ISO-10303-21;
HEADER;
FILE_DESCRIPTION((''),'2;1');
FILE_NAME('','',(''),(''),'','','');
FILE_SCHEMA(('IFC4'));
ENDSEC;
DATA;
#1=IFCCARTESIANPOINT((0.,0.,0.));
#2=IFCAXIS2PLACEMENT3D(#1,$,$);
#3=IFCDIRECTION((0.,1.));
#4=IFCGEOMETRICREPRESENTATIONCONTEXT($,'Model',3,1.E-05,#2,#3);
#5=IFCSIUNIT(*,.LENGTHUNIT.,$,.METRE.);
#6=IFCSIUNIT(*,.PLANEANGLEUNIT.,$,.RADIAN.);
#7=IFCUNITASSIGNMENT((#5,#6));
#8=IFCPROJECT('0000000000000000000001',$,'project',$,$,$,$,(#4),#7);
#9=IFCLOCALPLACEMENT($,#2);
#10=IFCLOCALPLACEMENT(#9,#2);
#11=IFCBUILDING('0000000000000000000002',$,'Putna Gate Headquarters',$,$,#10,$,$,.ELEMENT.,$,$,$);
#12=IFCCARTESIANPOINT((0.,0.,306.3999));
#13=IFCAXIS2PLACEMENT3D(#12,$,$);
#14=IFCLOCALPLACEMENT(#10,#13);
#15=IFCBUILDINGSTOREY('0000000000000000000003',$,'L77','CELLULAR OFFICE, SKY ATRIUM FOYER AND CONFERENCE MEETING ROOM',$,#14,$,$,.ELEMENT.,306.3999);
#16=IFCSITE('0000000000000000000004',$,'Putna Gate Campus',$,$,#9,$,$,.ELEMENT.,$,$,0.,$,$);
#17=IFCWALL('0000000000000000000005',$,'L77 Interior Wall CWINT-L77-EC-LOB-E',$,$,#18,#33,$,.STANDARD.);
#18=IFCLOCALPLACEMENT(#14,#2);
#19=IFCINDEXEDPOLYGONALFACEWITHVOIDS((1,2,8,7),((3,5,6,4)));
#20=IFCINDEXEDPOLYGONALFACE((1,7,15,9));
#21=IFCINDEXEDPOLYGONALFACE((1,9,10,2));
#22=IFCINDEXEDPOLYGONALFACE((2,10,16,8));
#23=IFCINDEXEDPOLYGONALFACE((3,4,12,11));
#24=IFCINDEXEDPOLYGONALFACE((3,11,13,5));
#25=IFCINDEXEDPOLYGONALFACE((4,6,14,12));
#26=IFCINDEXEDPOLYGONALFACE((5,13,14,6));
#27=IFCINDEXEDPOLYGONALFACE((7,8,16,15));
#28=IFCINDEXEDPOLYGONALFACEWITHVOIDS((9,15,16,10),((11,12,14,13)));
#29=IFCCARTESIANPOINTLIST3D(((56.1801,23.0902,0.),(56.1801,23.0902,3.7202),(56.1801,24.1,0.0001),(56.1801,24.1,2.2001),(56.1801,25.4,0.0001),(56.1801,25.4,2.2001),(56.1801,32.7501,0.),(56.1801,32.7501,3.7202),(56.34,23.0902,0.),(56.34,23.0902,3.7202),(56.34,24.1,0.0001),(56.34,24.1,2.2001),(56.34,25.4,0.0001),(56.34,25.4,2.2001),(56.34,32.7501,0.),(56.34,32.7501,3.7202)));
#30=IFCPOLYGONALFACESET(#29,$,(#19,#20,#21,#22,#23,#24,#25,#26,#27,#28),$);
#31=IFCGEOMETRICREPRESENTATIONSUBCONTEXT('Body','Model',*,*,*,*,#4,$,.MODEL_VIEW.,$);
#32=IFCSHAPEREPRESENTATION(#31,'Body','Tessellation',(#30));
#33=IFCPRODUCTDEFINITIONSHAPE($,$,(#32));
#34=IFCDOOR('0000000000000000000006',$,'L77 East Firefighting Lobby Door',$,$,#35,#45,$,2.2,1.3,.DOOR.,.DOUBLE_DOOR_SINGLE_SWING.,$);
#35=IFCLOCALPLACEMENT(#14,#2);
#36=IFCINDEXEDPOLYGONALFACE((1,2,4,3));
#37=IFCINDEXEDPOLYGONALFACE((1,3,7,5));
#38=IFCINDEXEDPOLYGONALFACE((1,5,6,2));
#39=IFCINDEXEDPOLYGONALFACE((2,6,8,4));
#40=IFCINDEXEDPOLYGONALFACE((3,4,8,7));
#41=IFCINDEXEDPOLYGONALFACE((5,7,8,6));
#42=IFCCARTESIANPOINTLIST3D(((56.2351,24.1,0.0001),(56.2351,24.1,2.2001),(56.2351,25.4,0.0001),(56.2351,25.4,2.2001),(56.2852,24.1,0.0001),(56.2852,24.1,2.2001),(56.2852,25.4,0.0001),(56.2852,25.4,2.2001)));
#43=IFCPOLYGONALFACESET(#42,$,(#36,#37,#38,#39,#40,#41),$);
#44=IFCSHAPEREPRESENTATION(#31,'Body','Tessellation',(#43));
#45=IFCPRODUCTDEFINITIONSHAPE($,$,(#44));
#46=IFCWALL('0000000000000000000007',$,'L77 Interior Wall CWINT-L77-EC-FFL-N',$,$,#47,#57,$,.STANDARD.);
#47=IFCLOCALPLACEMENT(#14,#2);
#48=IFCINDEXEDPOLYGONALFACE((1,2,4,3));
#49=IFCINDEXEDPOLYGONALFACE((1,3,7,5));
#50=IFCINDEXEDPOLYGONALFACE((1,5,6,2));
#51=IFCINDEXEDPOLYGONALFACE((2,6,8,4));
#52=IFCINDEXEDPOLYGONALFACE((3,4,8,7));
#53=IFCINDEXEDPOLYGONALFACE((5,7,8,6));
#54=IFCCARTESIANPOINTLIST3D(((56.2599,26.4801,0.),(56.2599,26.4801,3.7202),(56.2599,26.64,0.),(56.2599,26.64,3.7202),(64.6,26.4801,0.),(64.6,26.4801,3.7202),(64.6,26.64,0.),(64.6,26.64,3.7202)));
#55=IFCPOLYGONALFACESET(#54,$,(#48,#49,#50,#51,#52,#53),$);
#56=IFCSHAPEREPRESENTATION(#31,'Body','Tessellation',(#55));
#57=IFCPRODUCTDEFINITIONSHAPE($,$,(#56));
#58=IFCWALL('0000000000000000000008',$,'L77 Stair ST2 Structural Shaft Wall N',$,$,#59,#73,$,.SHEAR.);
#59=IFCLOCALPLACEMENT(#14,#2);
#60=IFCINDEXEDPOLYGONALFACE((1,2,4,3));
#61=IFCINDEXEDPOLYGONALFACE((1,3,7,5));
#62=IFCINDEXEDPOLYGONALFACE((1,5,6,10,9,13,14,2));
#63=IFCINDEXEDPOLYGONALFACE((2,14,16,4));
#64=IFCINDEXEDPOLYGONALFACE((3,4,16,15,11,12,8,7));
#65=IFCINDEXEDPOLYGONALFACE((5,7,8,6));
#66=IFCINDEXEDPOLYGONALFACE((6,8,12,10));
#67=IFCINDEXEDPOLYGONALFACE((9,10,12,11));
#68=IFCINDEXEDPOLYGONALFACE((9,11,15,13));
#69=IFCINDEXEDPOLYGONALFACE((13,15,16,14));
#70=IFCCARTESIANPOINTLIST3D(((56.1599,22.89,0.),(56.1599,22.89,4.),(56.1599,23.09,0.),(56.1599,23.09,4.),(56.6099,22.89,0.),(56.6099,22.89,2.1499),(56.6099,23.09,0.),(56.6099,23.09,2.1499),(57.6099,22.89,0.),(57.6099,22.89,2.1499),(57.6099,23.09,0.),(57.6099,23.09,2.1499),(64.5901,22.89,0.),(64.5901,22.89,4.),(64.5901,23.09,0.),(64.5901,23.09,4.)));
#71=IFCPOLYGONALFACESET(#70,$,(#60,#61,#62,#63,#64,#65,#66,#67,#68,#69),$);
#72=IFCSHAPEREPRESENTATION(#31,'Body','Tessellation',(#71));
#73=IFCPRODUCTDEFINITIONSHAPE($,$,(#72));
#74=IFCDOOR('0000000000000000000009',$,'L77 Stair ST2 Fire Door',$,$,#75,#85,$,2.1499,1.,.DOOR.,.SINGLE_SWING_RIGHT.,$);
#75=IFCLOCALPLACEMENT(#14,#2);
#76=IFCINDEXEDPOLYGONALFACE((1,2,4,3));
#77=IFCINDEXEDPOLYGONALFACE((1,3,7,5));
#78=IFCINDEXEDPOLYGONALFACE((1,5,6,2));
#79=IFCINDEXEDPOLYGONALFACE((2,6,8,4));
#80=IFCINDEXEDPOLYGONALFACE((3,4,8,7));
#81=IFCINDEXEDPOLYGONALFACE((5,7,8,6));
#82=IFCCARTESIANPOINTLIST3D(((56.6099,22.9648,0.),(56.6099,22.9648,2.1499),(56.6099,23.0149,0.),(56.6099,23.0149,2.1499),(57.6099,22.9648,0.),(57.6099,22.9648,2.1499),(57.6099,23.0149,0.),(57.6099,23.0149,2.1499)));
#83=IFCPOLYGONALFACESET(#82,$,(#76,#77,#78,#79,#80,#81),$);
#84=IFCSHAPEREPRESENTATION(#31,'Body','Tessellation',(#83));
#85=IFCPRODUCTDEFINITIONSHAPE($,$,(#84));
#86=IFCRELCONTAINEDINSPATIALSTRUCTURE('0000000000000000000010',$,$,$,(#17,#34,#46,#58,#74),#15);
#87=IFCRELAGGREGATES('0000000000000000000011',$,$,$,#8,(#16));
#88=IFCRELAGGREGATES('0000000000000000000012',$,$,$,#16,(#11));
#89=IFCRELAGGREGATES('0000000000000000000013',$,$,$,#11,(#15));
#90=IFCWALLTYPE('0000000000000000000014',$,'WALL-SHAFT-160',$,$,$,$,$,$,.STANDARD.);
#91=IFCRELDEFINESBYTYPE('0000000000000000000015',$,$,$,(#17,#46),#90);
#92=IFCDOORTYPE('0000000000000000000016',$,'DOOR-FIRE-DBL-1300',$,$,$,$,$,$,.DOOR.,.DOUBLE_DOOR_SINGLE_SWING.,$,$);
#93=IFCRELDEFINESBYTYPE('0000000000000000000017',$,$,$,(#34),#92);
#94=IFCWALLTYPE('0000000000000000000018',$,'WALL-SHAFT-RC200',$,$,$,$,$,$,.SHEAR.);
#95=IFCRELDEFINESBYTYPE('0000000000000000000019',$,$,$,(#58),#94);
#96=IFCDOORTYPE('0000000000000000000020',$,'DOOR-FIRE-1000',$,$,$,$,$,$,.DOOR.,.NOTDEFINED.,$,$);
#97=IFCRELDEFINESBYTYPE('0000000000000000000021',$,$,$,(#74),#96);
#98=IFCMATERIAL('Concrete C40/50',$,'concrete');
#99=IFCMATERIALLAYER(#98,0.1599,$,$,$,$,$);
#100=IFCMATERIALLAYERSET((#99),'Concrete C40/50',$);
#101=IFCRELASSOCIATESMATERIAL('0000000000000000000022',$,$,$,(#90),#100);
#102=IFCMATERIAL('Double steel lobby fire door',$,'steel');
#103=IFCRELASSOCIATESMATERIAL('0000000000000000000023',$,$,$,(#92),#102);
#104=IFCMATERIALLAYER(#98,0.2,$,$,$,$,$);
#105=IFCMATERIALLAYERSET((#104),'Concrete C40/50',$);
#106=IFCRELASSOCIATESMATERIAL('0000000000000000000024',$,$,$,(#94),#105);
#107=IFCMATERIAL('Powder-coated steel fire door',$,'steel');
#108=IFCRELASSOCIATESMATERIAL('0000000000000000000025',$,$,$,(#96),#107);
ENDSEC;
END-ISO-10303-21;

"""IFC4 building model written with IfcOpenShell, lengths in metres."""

from ifc_helpers import new_model, si_unit, direction, frame, frame_2d, origin, place, context, subcontext, project, spatial, rectangle, extrude, material, layer, layer_set, type_object, element, fill, save


model = new_model("IFC4")

# Units and contexts
model_context = context("Model", 3, precision=1e-05, world=origin(), true_north=direction((0.0, 1.0)))
body_context = subcontext(model_context, "Body", "Model", "MODEL_VIEW")
ifc_project = project(units=[si_unit("LENGTHUNIT", "METRE"), si_unit("PLANEANGLEUNIT", "RADIAN")], contexts=[model_context])

# Site, building, storey
site_placement = place(None, origin())
site = spatial("IfcSite", under=ifc_project, at=site_placement, Name="Putna Gate Campus", CompositionType="ELEMENT", RefElevation=0.0)
building_placement = place(site_placement, origin())
building = spatial("IfcBuilding", under=site, at=building_placement, Name="Putna Gate Headquarters", CompositionType="ELEMENT")
storey_placement = place(building_placement, frame((0.0, 0.0, 306.3999)))
storey = spatial("IfcBuildingStorey", under=building, at=storey_placement, Name="L77", Description="CELLULAR OFFICE, SKY ATRIUM FOYER AND CONFERENCE MEETING ROOM", CompositionType="ELEMENT", Elevation=306.3999)

# Wall, opening, door
ifc_material_1 = material(Name="Concrete C40/50", Category="concrete")
ifc_layer_1 = layer(ifc_material_1, 0.1599)
ifc_layer_set_1 = layer_set([ifc_layer_1], Name="Concrete C40/50")
wall_type_1 = type_object("IfcWallType", Name="WALL-SHAFT-160", PredefinedType="STANDARD", material=ifc_layer_set_1)
wall_1_placement = place(storey_placement, frame((56.26, 23.0901, 0.0), z_axis=(0.0, 0.0, 1.0), x_axis=(0.0, 1.0, 0.0)))
wall_1 = element("IfcWall", 1, at=wall_1_placement, inside=storey, type_object=wall_type_1, Name="L77 Interior Wall CWINT-L77-EC-LOB-E", PredefinedType="STANDARD", context=body_context, shape_type="SweptSolid", body=[
    extrude(rectangle(XDim=9.6599, YDim=0.1599, at=frame_2d((4.8301, 0.0))), origin(), (0.0, 0.0, 1.0), 3.7202),
])
opening_1_placement = place(wall_1_placement, frame((1.01, 0.0, 0.0)))
opening_1 = element("IfcOpeningElement", 2, at=opening_1_placement, cuts=wall_1, PredefinedType="OPENING", context=body_context, shape_type="SweptSolid", body=[
    extrude(rectangle(XDim=1.3, YDim=2.2, at=frame_2d((0.6499, 1.1001))), frame((0.0, 0.0898, 0.0), z_axis=(0.0, -1.0, 0.0), x_axis=(1.0, 0.0, 0.0)), (0.0, 0.0, 1.0), 0.1799),
])
ifc_material_2 = material(Name="Double steel lobby fire door", Category="steel")
door_type_1 = type_object("IfcDoorType", Name="DOOR-FIRE-DBL-1300", OperationType="DOUBLE_DOOR_SINGLE_SWING", PredefinedType="DOOR", material=ifc_material_2)
door_1_placement = place(opening_1_placement, origin())
door_1 = element("IfcDoor", 3, at=door_1_placement, inside=storey, type_object=door_type_1, Name="L77 East Firefighting Lobby Door", OperationType="DOUBLE_DOOR_SINGLE_SWING", OverallHeight=2.2, OverallWidth=1.3, PredefinedType="DOOR", context=body_context, shape_type="SweptSolid", body=[
    extrude(rectangle(XDim=1.3, YDim=2.2, at=frame_2d((0.6499, 1.1001))), frame((0.0, 0.0249, 0.0), z_axis=(0.0, -1.0, 0.0), x_axis=(1.0, 0.0, 0.0)), (0.0, 0.0, 1.0), 0.05),
])
fill(opening_1, door_1)

# Wall
wall_2_placement = place(storey_placement, frame((56.26, 26.5601, 0.0), z_axis=(0.0, 0.0, 1.0), x_axis=(1.0, 0.0, 0.0)))
element("IfcWall", 4, at=wall_2_placement, inside=storey, type_object=wall_type_1, Name="L77 Interior Wall CWINT-L77-EC-FFL-N", PredefinedType="STANDARD", context=body_context, shape_type="SweptSolid", body=[
    extrude(rectangle(XDim=8.3401, YDim=0.1599, at=frame_2d((4.1699, 0.0))), origin(), (0.0, 0.0, 1.0), 3.7202),
])

# Wall, opening, door
ifc_layer_2 = layer(ifc_material_1, 0.2)
ifc_layer_set_2 = layer_set([ifc_layer_2], Name="Concrete C40/50")
wall_type_2 = type_object("IfcWallType", Name="WALL-SHAFT-RC200", PredefinedType="SHEAR", material=ifc_layer_set_2)
wall_3_placement = place(storey_placement, frame((56.1599, 22.99, 0.0), z_axis=(0.0, 0.0, 1.0), x_axis=(1.0, 0.0, 0.0)))
wall_3 = element("IfcWall", 5, at=wall_3_placement, inside=storey, type_object=wall_type_2, Name="L77 Stair ST2 Structural Shaft Wall N", PredefinedType="SHEAR", context=body_context, shape_type="SweptSolid", body=[
    extrude(rectangle(XDim=8.4302, YDim=0.2, at=frame_2d((4.2151, 0.0))), origin(), (0.0, 0.0, 1.0), 4.0),
])
opening_2_placement = place(wall_3_placement, frame((0.45, 0.0, 0.0)))
opening_2 = element("IfcOpeningElement", 6, at=opening_2_placement, cuts=wall_3, PredefinedType="OPENING", context=body_context, shape_type="SweptSolid", body=[
    extrude(rectangle(XDim=1.0, YDim=2.1499, at=frame_2d((0.5, 1.075))), frame((0.0, 0.1099, 0.0), z_axis=(0.0, -1.0, 0.0), x_axis=(1.0, 0.0, 0.0)), (0.0, 0.0, 1.0), 0.22),
])
ifc_material_3 = material(Name="Powder-coated steel fire door", Category="steel")
door_type_2 = type_object("IfcDoorType", Name="DOOR-FIRE-1000", OperationType="NOTDEFINED", PredefinedType="DOOR", material=ifc_material_3)
door_2_placement = place(opening_2_placement, origin())
door_2 = element("IfcDoor", 7, at=door_2_placement, inside=storey, type_object=door_type_2, Name="L77 Stair ST2 Fire Door", OperationType="SINGLE_SWING_RIGHT", OverallHeight=2.1499, OverallWidth=1.0, PredefinedType="DOOR", context=body_context, shape_type="SweptSolid", body=[
    extrude(rectangle(XDim=1.0, YDim=2.1499, at=frame_2d((0.5, 1.075))), frame((0.0, 0.0249, 0.0), z_axis=(0.0, -1.0, 0.0), x_axis=(1.0, 0.0, 0.0)), (0.0, 0.0, 1.0), 0.05),
])
fill(opening_2, door_2)

save(model, "model.ifc")
